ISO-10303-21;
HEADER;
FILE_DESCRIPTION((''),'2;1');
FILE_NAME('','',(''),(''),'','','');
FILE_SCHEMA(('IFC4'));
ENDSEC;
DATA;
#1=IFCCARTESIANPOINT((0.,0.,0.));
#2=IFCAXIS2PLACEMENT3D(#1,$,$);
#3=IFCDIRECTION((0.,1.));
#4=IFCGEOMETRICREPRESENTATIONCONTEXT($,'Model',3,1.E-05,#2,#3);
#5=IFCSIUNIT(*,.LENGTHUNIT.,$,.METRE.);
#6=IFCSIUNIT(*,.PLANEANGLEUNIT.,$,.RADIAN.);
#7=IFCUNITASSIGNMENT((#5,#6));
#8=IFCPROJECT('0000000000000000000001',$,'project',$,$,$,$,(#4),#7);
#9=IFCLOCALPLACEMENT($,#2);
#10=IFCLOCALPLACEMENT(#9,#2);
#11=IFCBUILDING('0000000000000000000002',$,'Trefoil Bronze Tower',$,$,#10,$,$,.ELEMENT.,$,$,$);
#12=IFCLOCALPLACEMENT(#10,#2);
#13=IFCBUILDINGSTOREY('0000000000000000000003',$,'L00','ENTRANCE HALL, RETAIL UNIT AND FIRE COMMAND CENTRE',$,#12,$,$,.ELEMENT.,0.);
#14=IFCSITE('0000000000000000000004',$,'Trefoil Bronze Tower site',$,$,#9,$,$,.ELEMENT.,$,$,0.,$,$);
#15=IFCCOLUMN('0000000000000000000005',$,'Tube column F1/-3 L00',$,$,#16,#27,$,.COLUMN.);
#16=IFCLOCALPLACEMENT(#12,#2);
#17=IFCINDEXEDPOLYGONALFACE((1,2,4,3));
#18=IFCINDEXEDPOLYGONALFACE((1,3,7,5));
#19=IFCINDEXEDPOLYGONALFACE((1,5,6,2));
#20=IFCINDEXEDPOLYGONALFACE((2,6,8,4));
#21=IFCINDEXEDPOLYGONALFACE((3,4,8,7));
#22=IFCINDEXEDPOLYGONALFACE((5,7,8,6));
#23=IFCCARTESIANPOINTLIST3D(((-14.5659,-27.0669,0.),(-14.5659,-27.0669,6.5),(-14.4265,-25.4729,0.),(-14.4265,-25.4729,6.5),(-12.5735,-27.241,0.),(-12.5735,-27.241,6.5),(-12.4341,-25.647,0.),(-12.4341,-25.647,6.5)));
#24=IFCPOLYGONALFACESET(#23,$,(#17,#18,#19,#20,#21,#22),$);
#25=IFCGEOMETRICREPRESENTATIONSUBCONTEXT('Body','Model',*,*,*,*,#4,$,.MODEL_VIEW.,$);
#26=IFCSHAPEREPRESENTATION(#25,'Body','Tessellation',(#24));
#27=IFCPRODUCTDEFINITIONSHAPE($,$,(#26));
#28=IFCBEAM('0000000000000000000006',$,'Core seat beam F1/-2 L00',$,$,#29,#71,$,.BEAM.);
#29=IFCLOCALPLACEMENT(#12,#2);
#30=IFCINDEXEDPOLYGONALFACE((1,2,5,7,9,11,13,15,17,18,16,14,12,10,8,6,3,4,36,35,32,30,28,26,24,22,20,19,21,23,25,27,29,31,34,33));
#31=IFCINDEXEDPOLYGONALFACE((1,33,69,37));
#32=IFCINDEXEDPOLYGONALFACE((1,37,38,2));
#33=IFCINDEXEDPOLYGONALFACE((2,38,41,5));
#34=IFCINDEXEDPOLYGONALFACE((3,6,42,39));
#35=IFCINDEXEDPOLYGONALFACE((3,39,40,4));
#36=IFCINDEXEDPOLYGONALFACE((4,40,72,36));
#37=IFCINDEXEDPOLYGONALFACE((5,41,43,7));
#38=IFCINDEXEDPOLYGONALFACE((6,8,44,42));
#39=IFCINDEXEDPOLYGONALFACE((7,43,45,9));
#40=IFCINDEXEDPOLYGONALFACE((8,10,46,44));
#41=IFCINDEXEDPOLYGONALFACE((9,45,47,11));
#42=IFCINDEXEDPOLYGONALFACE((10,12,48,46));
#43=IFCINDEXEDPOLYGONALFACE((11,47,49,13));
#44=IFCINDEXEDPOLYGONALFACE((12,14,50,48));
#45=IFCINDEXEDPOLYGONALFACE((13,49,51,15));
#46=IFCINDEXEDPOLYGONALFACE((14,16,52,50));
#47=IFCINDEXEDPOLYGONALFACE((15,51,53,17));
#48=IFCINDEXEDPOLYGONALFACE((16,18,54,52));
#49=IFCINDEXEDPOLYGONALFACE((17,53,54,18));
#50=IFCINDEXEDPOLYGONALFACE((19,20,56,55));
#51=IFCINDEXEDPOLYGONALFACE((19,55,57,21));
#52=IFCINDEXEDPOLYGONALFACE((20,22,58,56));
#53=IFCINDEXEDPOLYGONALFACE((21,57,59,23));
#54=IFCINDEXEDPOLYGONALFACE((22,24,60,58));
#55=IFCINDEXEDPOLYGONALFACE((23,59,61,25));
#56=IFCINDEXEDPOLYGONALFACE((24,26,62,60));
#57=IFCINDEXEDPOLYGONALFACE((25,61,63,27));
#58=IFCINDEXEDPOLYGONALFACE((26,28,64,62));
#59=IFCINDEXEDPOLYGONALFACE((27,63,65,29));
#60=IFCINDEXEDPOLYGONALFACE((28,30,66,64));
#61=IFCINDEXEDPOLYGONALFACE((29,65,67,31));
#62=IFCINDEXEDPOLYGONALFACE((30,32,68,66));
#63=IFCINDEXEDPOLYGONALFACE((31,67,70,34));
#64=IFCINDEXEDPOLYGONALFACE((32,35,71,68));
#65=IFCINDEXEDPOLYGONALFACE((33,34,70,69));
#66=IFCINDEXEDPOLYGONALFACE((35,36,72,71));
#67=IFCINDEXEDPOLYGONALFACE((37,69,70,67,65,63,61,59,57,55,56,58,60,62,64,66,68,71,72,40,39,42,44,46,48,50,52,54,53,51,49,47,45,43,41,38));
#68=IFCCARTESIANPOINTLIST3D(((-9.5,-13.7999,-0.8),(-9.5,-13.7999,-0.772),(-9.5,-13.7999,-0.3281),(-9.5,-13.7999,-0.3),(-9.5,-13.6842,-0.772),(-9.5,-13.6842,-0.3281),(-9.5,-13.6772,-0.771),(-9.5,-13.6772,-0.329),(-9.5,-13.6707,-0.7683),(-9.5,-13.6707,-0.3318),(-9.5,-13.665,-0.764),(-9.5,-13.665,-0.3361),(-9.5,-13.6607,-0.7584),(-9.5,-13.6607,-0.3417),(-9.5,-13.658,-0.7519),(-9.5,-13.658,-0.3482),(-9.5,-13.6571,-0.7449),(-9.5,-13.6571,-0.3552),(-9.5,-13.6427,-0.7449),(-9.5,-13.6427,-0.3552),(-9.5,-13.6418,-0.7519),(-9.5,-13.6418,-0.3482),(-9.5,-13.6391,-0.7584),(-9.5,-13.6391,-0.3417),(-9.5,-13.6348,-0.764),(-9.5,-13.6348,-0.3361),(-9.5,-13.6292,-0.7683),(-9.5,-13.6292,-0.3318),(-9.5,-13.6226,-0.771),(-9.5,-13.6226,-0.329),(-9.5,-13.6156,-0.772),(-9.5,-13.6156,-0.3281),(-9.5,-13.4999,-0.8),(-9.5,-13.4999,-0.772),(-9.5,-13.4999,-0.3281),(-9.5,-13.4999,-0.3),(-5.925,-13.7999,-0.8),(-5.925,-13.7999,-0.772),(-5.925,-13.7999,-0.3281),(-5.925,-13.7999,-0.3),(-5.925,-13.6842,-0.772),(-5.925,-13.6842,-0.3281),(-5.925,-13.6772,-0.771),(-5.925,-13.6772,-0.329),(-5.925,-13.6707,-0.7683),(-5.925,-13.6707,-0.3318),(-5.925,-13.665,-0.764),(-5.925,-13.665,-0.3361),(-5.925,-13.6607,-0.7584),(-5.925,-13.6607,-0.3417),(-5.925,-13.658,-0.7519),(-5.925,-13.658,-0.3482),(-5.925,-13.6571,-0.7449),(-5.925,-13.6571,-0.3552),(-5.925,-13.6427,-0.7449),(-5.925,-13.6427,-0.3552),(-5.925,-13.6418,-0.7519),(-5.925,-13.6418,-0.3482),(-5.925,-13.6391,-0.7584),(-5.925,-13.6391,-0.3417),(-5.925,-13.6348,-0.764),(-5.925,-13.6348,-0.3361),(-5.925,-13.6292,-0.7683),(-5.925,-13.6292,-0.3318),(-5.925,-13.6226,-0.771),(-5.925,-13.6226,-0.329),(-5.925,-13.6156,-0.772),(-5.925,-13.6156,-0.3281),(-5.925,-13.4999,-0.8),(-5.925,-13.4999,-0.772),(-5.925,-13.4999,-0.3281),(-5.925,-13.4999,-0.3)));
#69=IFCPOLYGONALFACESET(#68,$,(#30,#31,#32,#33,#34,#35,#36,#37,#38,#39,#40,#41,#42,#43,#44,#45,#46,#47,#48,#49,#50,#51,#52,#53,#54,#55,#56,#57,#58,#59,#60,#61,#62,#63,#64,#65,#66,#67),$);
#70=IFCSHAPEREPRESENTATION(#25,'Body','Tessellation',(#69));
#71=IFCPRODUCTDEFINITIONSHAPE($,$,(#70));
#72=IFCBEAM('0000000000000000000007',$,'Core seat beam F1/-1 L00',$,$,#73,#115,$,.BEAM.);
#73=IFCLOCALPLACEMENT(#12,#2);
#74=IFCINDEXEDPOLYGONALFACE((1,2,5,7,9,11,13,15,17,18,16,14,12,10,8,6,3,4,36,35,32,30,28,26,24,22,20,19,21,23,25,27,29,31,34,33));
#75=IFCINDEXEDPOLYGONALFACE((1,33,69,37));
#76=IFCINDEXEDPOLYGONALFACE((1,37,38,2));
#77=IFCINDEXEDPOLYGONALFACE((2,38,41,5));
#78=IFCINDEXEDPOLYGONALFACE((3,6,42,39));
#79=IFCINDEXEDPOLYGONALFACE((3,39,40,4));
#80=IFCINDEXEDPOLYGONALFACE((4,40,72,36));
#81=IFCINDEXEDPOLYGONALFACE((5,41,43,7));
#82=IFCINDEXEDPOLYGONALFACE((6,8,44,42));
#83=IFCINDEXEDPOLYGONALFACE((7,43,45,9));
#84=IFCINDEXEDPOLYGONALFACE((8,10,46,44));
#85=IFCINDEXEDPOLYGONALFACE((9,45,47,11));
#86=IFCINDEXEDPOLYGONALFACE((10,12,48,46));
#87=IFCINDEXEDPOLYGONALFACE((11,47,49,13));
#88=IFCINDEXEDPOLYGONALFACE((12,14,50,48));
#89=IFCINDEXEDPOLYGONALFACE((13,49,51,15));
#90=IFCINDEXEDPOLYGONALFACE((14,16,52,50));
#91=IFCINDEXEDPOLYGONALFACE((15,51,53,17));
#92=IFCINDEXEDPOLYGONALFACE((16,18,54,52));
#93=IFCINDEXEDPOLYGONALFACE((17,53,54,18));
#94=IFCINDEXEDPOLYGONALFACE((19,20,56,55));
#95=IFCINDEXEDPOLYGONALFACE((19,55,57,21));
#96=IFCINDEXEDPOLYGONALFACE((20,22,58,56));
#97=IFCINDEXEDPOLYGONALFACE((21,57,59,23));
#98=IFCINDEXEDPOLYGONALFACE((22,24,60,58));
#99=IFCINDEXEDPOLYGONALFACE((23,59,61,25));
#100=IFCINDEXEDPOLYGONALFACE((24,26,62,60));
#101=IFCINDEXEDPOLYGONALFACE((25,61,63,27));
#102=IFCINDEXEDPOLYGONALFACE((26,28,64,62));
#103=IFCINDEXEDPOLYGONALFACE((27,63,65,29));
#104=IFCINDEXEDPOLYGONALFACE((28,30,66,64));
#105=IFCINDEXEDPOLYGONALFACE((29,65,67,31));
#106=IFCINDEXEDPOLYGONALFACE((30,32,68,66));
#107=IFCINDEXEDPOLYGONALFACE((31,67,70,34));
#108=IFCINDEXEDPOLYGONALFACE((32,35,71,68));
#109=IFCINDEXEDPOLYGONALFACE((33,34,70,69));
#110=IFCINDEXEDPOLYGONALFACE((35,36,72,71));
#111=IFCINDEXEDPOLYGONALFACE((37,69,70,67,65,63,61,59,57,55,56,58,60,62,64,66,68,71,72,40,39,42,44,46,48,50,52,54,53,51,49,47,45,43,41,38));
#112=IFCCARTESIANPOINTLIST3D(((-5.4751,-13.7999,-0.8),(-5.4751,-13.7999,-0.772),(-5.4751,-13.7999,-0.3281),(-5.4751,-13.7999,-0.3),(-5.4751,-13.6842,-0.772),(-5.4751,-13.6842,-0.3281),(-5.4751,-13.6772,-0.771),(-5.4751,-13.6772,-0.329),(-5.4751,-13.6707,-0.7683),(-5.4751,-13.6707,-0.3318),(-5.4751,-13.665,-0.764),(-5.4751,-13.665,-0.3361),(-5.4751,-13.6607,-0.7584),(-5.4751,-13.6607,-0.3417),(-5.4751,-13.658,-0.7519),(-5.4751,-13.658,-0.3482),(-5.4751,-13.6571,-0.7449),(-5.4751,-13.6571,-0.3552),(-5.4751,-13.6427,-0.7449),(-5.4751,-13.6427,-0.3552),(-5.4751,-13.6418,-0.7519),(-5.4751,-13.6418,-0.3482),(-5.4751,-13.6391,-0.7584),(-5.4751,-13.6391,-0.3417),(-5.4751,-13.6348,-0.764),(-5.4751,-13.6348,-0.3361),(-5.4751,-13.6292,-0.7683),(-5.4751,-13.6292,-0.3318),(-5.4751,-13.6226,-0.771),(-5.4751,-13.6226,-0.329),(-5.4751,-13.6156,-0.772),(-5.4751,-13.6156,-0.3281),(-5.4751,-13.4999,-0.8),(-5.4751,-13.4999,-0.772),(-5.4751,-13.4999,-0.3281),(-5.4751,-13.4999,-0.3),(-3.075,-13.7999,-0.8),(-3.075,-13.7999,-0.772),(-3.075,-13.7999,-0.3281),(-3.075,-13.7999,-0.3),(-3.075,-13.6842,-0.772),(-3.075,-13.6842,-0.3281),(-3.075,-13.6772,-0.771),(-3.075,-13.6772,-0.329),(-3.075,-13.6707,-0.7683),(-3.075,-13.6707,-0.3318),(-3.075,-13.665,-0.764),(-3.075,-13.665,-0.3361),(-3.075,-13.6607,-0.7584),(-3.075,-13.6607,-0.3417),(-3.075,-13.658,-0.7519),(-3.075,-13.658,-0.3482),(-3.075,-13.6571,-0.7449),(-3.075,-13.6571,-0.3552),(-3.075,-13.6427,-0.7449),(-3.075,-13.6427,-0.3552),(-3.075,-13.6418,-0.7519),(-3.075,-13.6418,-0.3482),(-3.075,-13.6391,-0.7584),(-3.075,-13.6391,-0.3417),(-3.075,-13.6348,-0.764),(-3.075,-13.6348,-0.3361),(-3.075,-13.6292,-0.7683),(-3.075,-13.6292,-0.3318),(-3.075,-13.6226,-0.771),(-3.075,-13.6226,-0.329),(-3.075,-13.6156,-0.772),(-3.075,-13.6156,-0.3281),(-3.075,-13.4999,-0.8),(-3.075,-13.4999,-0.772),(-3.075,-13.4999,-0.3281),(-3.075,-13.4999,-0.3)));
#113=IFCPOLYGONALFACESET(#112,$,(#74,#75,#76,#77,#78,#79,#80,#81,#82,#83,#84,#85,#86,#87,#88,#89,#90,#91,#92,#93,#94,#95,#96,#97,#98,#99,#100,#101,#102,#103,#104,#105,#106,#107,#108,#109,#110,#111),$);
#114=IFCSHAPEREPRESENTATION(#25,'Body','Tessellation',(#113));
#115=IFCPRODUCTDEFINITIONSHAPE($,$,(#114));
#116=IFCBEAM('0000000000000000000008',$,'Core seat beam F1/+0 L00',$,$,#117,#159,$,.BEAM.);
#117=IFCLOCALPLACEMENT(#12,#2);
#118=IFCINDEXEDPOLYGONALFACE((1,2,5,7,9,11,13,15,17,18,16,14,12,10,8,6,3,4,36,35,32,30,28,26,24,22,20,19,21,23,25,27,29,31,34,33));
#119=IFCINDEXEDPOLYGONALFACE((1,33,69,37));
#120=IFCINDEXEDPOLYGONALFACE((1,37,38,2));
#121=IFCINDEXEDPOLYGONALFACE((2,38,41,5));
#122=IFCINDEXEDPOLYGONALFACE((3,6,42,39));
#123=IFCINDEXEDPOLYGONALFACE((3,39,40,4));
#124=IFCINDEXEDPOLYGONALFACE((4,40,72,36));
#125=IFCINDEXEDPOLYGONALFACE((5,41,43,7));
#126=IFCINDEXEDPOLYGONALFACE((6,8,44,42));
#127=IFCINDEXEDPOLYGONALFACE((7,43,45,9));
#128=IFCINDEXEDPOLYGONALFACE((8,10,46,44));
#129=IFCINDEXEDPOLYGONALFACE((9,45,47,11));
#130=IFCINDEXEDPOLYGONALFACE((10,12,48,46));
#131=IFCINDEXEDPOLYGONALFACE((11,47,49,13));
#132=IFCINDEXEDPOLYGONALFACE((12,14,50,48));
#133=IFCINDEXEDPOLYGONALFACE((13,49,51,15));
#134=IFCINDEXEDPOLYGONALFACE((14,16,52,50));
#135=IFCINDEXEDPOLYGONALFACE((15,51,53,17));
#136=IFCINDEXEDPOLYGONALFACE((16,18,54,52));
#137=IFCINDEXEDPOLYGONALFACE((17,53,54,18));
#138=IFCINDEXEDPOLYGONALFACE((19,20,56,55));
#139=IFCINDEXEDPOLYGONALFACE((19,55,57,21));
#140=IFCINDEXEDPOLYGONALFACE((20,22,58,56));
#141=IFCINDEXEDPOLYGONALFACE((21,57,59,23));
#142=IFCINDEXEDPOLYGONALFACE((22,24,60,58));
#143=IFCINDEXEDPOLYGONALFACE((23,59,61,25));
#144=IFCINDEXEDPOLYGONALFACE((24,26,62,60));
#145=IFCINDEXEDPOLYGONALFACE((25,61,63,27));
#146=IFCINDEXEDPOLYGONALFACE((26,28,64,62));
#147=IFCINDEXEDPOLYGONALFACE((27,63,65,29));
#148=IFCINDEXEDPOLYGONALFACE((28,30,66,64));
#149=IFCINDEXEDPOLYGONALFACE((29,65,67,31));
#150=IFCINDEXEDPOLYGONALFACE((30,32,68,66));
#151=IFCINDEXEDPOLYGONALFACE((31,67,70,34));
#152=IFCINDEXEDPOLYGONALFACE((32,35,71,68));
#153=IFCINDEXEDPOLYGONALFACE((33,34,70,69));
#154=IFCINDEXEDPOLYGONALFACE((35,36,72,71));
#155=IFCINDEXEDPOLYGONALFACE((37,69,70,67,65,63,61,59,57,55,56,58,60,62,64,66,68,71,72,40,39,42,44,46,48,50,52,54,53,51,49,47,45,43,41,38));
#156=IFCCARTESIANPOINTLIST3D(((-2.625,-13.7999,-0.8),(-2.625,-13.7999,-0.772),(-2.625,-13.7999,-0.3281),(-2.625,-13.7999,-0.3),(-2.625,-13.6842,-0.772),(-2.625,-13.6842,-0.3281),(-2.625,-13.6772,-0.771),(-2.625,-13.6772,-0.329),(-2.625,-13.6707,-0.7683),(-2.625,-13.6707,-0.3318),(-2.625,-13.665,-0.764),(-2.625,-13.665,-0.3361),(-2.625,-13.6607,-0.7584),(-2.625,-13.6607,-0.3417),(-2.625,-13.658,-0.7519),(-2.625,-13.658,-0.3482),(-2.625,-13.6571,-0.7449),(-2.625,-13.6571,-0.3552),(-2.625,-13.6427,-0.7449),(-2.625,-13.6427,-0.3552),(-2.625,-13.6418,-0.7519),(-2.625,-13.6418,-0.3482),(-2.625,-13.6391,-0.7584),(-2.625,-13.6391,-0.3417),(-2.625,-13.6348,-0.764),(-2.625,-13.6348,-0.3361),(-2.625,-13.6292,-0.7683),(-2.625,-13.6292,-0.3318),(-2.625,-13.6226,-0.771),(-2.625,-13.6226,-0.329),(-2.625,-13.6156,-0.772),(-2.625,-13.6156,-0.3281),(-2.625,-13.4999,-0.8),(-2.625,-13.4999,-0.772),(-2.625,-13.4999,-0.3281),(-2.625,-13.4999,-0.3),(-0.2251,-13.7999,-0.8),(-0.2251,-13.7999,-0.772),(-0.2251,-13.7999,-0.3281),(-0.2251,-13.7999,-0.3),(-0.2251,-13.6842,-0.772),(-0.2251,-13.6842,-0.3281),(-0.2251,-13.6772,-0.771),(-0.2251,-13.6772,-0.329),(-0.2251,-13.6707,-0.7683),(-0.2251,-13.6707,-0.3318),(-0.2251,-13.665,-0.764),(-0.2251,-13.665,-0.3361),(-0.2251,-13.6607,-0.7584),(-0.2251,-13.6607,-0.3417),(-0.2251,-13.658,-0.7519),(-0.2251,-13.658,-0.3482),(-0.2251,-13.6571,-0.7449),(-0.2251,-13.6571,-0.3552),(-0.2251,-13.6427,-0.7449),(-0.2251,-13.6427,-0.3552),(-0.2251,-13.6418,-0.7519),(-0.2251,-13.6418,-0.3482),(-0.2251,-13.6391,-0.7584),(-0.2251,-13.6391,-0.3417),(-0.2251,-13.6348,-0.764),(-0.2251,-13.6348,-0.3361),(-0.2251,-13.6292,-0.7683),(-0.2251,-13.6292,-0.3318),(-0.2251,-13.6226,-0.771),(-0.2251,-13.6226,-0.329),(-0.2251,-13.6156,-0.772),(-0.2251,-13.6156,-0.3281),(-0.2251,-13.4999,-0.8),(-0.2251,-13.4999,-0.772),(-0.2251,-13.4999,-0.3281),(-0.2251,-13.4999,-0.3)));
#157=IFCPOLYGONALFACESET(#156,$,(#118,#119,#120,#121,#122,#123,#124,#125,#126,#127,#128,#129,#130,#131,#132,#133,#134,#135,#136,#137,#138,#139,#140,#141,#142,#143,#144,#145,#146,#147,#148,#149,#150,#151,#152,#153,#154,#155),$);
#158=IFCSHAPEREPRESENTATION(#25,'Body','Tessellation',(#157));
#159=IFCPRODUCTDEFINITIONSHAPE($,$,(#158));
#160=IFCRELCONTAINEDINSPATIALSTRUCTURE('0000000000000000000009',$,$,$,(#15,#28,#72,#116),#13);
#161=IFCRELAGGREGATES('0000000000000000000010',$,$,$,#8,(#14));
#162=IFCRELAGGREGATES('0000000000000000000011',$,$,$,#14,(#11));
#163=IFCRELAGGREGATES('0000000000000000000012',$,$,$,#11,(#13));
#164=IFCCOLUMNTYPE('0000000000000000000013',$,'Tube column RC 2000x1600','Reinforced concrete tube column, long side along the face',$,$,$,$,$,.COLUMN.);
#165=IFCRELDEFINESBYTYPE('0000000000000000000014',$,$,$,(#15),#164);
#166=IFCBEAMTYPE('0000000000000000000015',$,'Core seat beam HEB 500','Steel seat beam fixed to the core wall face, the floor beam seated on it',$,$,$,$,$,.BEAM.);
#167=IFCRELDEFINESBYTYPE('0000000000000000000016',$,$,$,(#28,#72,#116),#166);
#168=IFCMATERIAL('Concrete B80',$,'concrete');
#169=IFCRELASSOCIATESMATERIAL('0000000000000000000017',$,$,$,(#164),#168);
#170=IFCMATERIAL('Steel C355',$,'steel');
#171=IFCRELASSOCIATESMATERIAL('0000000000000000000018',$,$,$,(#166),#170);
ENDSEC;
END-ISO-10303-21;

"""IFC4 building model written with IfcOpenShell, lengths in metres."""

from ifc_helpers import new_model, si_unit, direction, frame, origin, origin_2d, place, context, subcontext, project, spatial, rectangle, i_section, extrude, material, material_profile, profile_set, type_object, element, save


model = new_model("IFC4")

# Units and contexts
model_context = context("Model", 3, precision=1e-05, world=origin(), true_north=direction((0.0, 1.0)))
body_context = subcontext(model_context, "Body", "Model", "MODEL_VIEW")
ifc_project = project(units=[si_unit("LENGTHUNIT", "METRE"), si_unit("PLANEANGLEUNIT", "RADIAN")], contexts=[model_context])

# Site, building, storey
site_placement = place(None, origin())
site = spatial("IfcSite", under=ifc_project, at=site_placement, Name="Trefoil Bronze Tower site", CompositionType="ELEMENT", RefElevation=0.0)
building_placement = place(site_placement, origin())
building = spatial("IfcBuilding", under=site, at=building_placement, Name="Trefoil Bronze Tower", CompositionType="ELEMENT")
storey_placement = place(building_placement, origin())
storey = spatial("IfcBuildingStorey", under=building, at=storey_placement, Name="L00", Description="ENTRANCE HALL, RETAIL UNIT AND FIRE COMMAND CENTRE", CompositionType="ELEMENT", Elevation=0.0)

# Column
ifc_material_1 = material(Name="Concrete B80", Category="concrete")
ifc_material_profile_1 = material_profile(ifc_material_1, rectangle(XDim=2.0, YDim=1.6001, at=origin_2d()), Name="RC 2000x1600")
ifc_profile_set_1 = profile_set([ifc_material_profile_1], Name="Concrete B80")
column_type = type_object("IfcColumnType", Name="Tube column RC 2000x1600", Description="Reinforced concrete tube column, long side along the face", PredefinedType="COLUMN", material=ifc_profile_set_1)
column_placement = place(storey_placement, frame((-13.5, -26.3569, 0.0), z_axis=(0.0, 0.0, 1.0), x_axis=(0.996203, -0.087065, 0.0)))
element("IfcColumn", 1, at=column_placement, inside=storey, type_object=column_type, Name="Tube column F1/-3 L00", PredefinedType="COLUMN", context=body_context, shape_type="SweptSolid", body=[
    extrude(rectangle(XDim=2.0, YDim=1.6001, at=origin_2d()), origin(), (0.0, 0.0, 1.0), 6.5),
])

# Beams
ifc_material_2 = material(Name="Steel C355", Category="steel")
ifc_material_profile_2 = material_profile(ifc_material_2, i_section(OverallWidth=0.3, OverallDepth=0.5, WebThickness=0.0144, FlangeThickness=0.0281, FilletRadius=0.0271, at=origin_2d()), Name="HEB 500")
ifc_profile_set_2 = profile_set([ifc_material_profile_2], Name="Steel C355")
beam_type_1 = type_object("IfcBeamType", Name="Core seat beam HEB 500", Description="Steel seat beam fixed to the core wall face, the floor beam seated on it", PredefinedType="BEAM", material=ifc_profile_set_2)
beam_1_placement = place(storey_placement, frame((-9.5, -13.6499, -0.55), z_axis=(1.0, 0.0, 0.0), x_axis=(0.0, 1.0, 0.0)))
element("IfcBeam", 2, at=beam_1_placement, inside=storey, type_object=beam_type_1, Name="Core seat beam F1/-2 L00", PredefinedType="BEAM", context=body_context, shape_type="SweptSolid", body=[
    extrude(i_section(OverallWidth=0.3, OverallDepth=0.5, WebThickness=0.0144, FlangeThickness=0.0281, FilletRadius=0.0271, at=origin_2d()), origin(), (0.0, 0.0, 1.0), 3.575),
])
beam_2_placement = place(storey_placement, frame((-5.4751, -13.6499, -0.55), z_axis=(1.0, 0.0, 0.0), x_axis=(0.0, 1.0, 0.0)))
element("IfcBeam", 3, at=beam_2_placement, inside=storey, type_object=beam_type_1, Name="Core seat beam F1/-1 L00", PredefinedType="BEAM", context=body_context, shape_type="SweptSolid", body=[
    extrude(i_section(OverallWidth=0.3, OverallDepth=0.5, WebThickness=0.0144, FlangeThickness=0.0281, FilletRadius=0.0271, at=origin_2d()), origin(), (0.0, 0.0, 1.0), 2.4001),
])
beam_3_placement = place(storey_placement, frame((-2.625, -13.6499, -0.55), z_axis=(1.0, 0.0, 0.0), x_axis=(0.0, 1.0, 0.0)))
element("IfcBeam", 4, at=beam_3_placement, inside=storey, type_object=beam_type_1, Name="Core seat beam F1/+0 L00", PredefinedType="BEAM", context=body_context, shape_type="SweptSolid", body=[
    extrude(i_section(OverallWidth=0.3, OverallDepth=0.5, WebThickness=0.0144, FlangeThickness=0.0281, FilletRadius=0.0271, at=origin_2d()), origin(), (0.0, 0.0, 1.0), 2.3999),
])

save(model, "model.ifc")
